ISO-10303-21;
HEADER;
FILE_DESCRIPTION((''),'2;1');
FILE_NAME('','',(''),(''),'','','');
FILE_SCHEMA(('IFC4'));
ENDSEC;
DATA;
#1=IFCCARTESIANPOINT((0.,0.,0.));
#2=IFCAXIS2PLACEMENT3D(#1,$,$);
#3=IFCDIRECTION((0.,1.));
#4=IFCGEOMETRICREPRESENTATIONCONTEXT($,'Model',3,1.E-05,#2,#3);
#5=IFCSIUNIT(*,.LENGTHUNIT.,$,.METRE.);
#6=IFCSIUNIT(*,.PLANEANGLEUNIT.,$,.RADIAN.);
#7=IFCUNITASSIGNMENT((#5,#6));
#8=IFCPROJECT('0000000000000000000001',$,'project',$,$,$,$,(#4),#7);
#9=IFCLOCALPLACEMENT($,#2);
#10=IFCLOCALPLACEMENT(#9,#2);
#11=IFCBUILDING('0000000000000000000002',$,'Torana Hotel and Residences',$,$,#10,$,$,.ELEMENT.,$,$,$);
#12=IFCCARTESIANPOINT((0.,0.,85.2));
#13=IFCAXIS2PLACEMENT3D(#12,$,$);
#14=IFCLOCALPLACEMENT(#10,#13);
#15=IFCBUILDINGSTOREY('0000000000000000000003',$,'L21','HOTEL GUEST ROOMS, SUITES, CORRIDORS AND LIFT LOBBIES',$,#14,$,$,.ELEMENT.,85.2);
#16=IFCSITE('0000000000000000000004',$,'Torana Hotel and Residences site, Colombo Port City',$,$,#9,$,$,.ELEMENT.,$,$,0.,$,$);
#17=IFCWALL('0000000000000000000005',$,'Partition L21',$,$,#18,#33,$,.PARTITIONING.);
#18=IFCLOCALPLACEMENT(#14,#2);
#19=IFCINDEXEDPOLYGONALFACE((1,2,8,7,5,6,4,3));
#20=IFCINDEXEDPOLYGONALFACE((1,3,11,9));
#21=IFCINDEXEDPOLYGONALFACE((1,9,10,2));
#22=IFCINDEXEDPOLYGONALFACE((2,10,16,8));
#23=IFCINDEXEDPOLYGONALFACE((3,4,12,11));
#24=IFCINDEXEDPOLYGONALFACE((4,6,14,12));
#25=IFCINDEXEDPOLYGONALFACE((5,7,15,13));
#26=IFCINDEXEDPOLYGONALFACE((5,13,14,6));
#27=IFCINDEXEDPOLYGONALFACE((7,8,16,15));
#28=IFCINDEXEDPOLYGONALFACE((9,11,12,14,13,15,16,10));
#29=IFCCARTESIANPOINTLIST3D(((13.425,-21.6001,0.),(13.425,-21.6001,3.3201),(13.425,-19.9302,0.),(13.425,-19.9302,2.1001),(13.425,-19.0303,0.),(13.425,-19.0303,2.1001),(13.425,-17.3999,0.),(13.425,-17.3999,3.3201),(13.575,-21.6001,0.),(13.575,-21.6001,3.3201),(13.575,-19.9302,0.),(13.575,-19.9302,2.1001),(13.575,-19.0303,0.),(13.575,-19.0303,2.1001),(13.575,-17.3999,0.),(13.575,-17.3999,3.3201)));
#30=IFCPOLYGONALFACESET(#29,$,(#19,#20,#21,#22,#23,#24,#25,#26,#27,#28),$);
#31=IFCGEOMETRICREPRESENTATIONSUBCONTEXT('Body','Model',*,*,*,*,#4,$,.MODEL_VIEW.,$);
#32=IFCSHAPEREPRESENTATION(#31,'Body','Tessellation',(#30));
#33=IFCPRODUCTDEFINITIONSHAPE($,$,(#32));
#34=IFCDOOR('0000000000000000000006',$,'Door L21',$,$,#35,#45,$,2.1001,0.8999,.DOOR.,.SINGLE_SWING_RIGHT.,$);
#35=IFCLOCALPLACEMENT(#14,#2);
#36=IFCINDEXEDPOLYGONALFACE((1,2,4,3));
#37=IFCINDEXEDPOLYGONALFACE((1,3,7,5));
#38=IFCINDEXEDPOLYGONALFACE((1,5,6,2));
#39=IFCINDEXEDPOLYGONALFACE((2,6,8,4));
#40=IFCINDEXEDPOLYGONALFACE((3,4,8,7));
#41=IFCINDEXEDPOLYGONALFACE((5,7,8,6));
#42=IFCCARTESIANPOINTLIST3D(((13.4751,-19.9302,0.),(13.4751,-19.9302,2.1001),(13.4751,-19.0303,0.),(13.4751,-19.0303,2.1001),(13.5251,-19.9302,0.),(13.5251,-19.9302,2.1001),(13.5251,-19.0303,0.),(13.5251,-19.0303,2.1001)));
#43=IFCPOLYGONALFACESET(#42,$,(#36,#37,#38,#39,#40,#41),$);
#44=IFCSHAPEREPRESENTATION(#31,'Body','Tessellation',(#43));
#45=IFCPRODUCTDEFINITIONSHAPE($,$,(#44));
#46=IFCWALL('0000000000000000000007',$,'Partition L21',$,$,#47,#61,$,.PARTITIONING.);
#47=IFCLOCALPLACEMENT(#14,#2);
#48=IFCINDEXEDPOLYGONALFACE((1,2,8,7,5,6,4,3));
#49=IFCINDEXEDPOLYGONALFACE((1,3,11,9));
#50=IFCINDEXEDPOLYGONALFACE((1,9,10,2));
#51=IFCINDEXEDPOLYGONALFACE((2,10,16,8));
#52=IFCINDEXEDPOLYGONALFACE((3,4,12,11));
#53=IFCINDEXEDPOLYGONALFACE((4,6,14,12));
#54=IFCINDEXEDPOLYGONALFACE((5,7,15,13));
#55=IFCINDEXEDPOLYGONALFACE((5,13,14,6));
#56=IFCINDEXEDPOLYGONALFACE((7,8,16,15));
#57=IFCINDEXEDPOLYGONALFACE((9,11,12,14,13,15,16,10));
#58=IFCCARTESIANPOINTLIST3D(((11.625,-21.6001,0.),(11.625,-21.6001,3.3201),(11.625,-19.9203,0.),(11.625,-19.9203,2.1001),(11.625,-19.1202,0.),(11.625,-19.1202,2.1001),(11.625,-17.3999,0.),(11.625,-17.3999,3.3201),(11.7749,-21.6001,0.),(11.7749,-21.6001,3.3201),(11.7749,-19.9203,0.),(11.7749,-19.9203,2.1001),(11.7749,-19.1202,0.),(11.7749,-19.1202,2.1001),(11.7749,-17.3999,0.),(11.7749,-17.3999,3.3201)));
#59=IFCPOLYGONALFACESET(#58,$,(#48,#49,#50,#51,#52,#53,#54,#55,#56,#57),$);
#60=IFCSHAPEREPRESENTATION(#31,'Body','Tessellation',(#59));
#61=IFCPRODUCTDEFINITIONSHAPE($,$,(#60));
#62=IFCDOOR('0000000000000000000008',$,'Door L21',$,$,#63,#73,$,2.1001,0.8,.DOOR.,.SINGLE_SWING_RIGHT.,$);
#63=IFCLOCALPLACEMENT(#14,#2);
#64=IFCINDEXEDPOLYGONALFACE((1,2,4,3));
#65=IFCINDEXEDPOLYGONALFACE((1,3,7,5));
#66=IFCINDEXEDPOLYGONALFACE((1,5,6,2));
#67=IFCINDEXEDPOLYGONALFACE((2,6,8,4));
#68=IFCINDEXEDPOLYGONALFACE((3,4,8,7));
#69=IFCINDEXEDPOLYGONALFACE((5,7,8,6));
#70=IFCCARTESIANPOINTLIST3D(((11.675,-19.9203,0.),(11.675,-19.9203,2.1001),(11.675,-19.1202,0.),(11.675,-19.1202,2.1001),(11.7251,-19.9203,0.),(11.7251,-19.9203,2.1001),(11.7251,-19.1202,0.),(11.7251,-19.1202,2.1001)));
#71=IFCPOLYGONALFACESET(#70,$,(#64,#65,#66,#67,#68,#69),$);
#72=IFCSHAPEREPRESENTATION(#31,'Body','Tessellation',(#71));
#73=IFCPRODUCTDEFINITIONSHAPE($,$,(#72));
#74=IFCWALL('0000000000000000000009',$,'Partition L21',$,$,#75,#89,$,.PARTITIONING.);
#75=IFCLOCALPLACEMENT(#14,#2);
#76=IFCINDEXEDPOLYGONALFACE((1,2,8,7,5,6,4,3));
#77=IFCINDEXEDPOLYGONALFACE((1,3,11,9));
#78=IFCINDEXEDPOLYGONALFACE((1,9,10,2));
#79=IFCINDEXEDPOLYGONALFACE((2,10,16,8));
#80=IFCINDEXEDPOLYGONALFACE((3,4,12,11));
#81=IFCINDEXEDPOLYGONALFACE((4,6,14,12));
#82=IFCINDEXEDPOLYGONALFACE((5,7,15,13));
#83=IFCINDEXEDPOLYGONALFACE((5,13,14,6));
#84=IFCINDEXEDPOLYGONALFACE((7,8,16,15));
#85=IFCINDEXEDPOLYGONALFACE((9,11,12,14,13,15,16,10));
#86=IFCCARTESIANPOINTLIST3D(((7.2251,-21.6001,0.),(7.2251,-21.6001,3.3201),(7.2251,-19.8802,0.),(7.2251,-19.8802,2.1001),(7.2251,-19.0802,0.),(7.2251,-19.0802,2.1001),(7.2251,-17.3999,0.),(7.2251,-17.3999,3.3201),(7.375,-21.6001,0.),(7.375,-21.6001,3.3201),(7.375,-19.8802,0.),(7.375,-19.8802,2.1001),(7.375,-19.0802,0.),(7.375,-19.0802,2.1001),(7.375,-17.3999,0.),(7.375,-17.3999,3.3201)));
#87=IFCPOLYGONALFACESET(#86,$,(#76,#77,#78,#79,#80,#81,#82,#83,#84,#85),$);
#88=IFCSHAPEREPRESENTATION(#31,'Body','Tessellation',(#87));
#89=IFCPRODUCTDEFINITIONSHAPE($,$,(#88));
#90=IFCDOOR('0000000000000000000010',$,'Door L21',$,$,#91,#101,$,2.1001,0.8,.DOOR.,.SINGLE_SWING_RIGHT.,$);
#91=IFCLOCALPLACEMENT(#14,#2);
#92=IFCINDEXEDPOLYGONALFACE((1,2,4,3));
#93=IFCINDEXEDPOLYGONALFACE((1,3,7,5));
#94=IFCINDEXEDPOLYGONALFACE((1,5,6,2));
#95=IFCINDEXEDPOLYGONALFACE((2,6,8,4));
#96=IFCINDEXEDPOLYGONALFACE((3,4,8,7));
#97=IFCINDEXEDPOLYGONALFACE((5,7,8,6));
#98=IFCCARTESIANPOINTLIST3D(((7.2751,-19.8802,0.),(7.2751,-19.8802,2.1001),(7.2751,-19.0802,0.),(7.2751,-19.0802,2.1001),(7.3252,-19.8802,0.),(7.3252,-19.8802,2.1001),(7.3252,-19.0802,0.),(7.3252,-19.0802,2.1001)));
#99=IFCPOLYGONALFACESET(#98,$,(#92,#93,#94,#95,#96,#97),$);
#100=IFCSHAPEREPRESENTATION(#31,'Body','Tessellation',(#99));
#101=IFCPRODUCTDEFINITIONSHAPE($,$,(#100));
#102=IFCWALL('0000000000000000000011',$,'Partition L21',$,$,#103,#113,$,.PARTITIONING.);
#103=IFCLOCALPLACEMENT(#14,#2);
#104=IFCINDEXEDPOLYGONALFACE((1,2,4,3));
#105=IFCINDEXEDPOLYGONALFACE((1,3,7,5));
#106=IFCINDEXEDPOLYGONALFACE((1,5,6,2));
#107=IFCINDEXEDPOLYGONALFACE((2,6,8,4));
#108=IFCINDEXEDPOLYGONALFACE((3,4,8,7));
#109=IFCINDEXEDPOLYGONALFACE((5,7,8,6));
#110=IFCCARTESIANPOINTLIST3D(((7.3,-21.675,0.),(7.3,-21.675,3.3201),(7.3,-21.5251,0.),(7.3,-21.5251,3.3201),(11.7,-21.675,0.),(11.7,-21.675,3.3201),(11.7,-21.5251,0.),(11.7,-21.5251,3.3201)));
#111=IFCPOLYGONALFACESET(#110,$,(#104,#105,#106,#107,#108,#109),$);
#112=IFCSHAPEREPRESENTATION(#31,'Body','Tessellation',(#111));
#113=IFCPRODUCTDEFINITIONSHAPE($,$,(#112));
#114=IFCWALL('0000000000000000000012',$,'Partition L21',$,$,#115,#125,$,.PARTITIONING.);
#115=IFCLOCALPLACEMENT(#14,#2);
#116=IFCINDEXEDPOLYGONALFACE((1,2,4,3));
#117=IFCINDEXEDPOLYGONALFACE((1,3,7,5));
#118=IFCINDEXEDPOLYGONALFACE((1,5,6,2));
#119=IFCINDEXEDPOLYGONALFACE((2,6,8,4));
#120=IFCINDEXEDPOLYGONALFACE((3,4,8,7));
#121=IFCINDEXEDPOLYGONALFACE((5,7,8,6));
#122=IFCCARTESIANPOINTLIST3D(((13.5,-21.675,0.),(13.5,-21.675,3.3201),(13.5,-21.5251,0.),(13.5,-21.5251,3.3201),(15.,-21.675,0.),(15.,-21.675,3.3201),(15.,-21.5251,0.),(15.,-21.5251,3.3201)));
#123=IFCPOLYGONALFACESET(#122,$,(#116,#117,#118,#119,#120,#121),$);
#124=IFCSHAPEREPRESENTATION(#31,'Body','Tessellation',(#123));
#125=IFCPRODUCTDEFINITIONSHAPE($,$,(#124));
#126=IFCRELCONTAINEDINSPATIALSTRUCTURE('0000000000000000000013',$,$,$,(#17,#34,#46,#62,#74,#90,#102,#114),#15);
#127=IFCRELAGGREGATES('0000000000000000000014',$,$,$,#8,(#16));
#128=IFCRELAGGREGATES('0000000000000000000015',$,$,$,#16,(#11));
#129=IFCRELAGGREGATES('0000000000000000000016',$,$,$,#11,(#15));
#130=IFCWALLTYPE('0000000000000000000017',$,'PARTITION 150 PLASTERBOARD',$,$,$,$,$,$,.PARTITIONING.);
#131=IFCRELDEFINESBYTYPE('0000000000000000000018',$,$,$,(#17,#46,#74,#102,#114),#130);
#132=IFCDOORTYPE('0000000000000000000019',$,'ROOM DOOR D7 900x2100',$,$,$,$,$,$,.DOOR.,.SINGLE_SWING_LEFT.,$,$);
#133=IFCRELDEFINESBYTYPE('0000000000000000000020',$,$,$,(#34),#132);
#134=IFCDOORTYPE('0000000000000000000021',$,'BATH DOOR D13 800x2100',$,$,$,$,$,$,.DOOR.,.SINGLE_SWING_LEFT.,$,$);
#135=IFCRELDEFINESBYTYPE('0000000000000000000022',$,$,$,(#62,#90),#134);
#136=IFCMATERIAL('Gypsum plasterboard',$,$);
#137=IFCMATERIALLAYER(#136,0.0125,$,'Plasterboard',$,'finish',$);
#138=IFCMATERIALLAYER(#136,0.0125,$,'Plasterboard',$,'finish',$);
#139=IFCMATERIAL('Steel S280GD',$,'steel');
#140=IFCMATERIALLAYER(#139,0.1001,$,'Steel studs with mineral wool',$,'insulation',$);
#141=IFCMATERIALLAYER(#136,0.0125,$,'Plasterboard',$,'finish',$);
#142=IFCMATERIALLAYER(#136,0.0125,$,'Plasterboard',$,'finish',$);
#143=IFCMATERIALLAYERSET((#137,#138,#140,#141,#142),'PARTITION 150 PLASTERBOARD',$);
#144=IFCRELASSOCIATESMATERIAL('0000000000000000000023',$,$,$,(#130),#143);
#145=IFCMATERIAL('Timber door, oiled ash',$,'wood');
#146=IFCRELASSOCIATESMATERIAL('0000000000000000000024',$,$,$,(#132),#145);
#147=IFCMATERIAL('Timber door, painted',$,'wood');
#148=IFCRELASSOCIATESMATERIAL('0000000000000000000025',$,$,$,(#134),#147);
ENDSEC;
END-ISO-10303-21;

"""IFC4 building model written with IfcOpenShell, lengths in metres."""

from ifc_helpers import new_model, si_unit, direction, frame, frame_2d, origin, place, context, subcontext, project, spatial, rectangle, extrude, material, layer, layer_set, type_object, element, fill, save


model = new_model("IFC4")

# Units and contexts
model_context = context("Model", 3, precision=1e-05, world=origin(), true_north=direction((0.0, 1.0)))
body_context = subcontext(model_context, "Body", "Model", "MODEL_VIEW")
ifc_project = project(units=[si_unit("LENGTHUNIT", "METRE"), si_unit("PLANEANGLEUNIT", "RADIAN")], contexts=[model_context])

# Site, building, storey
site_placement = place(None, origin())
site = spatial("IfcSite", under=ifc_project, at=site_placement, Name="Torana Hotel and Residences site, Colombo Port City", CompositionType="ELEMENT", RefElevation=0.0)
building_placement = place(site_placement, origin())
building = spatial("IfcBuilding", under=site, at=building_placement, Name="Torana Hotel and Residences", CompositionType="ELEMENT")
storey_placement = place(building_placement, frame((0.0, 0.0, 85.2)))
storey = spatial("IfcBuildingStorey", under=building, at=storey_placement, Name="L21", Description="HOTEL GUEST ROOMS, SUITES, CORRIDORS AND LIFT LOBBIES", CompositionType="ELEMENT", Elevation=85.2)

# Walls, openings, doors
ifc_material_1 = material(Name="Gypsum plasterboard")
ifc_layer_1 = layer(ifc_material_1, 0.0125, Name="Plasterboard", Category="finish")
ifc_layer_2 = layer(ifc_material_1, 0.0125, Name="Plasterboard", Category="finish")
ifc_material_2 = material(Name="Steel S280GD", Category="steel")
ifc_layer_3 = layer(ifc_material_2, 0.1001, Name="Steel studs with mineral wool", Category="insulation")
ifc_layer_4 = layer(ifc_material_1, 0.0125, Name="Plasterboard", Category="finish")
ifc_layer_5 = layer(ifc_material_1, 0.0125, Name="Plasterboard", Category="finish")
ifc_layer_set_1 = layer_set([ifc_layer_1, ifc_layer_2, ifc_layer_3, ifc_layer_4, ifc_layer_5], Name="PARTITION 150 PLASTERBOARD")
wall_type_1 = type_object("IfcWallType", Name="PARTITION 150 PLASTERBOARD", PredefinedType="PARTITIONING", material=ifc_layer_set_1)
wall_1_placement = place(storey_placement, frame((13.5, -21.6001, 0.0), z_axis=(0.0, 0.0, 1.0), x_axis=(0.0, 1.0, 0.0)))
wall_1 = element("IfcWall", 1, at=wall_1_placement, inside=storey, type_object=wall_type_1, Name="Partition L21", PredefinedType="PARTITIONING", context=body_context, shape_type="SweptSolid", body=[
    extrude(rectangle(XDim=4.2002, YDim=0.1499, at=frame_2d((2.1001, 0.0))), origin(), (0.0, 0.0, 1.0), 3.3201),
])
opening_1_placement = place(wall_1_placement, frame((1.6699, 0.0, 0.0)))
opening_1 = element("IfcOpeningElement", 2, at=opening_1_placement, cuts=wall_1, PredefinedType="OPENING", context=body_context, shape_type="SweptSolid", body=[
    extrude(rectangle(XDim=0.8999, YDim=2.1001, at=frame_2d((0.45, 1.05))), frame((0.0, 0.085, 0.0), z_axis=(0.0, -1.0, 0.0), x_axis=(1.0, 0.0, 0.0)), (0.0, 0.0, 1.0), 0.1699),
])
ifc_material_3 = material(Name="Timber door, oiled ash", Category="wood")
door_type_1 = type_object("IfcDoorType", Name="ROOM DOOR D7 900x2100", OperationType="SINGLE_SWING_LEFT", PredefinedType="DOOR", material=ifc_material_3)
door_1_placement = place(opening_1_placement, origin())
door_1 = element("IfcDoor", 3, at=door_1_placement, inside=storey, type_object=door_type_1, Name="Door L21", OperationType="SINGLE_SWING_RIGHT", OverallHeight=2.1001, OverallWidth=0.8999, PredefinedType="DOOR", context=body_context, shape_type="SweptSolid", body=[
    extrude(rectangle(XDim=0.8999, YDim=2.1001, at=frame_2d((0.45, 1.05))), frame((0.0, 0.0249, 0.0), z_axis=(0.0, -1.0, 0.0), x_axis=(1.0, 0.0, 0.0)), (0.0, 0.0, 1.0), 0.05),
])
fill(opening_1, door_1)
wall_2_placement = place(storey_placement, frame((11.7, -21.6001, 0.0), z_axis=(0.0, 0.0, 1.0), x_axis=(0.0, 1.0, 0.0)))
wall_2 = element("IfcWall", 4, at=wall_2_placement, inside=storey, type_object=wall_type_1, Name="Partition L21", PredefinedType="PARTITIONING", context=body_context, shape_type="SweptSolid", body=[
    extrude(rectangle(XDim=4.2002, YDim=0.1499, at=frame_2d((2.1001, 0.0))), origin(), (0.0, 0.0, 1.0), 3.3201),
])
opening_2_placement = place(wall_2_placement, frame((1.6799, 0.0, 0.0)))
opening_2 = element("IfcOpeningElement", 5, at=opening_2_placement, cuts=wall_2, PredefinedType="OPENING", context=body_context, shape_type="SweptSolid", body=[
    extrude(rectangle(XDim=0.8, YDim=2.1001, at=frame_2d((0.3999, 1.05))), frame((0.0, 0.085, 0.0), z_axis=(0.0, -1.0, 0.0), x_axis=(1.0, 0.0, 0.0)), (0.0, 0.0, 1.0), 0.1699),
])
ifc_material_4 = material(Name="Timber door, painted", Category="wood")
door_type_2 = type_object("IfcDoorType", Name="BATH DOOR D13 800x2100", OperationType="SINGLE_SWING_LEFT", PredefinedType="DOOR", material=ifc_material_4)
door_2_placement = place(opening_2_placement, origin())
door_2 = element("IfcDoor", 6, at=door_2_placement, inside=storey, type_object=door_type_2, Name="Door L21", OperationType="SINGLE_SWING_RIGHT", OverallHeight=2.1001, OverallWidth=0.8, PredefinedType="DOOR", context=body_context, shape_type="SweptSolid", body=[
    extrude(rectangle(XDim=0.8, YDim=2.1001, at=frame_2d((0.3999, 1.05))), frame((0.0, 0.0249, 0.0), z_axis=(0.0, -1.0, 0.0), x_axis=(1.0, 0.0, 0.0)), (0.0, 0.0, 1.0), 0.05),
])
fill(opening_2, door_2)
wall_3_placement = place(storey_placement, frame((7.3, -21.6001, 0.0), z_axis=(0.0, 0.0, 1.0), x_axis=(0.0, 1.0, 0.0)))
wall_3 = element("IfcWall", 7, at=wall_3_placement, inside=storey, type_object=wall_type_1, Name="Partition L21", PredefinedType="PARTITIONING", context=body_context, shape_type="SweptSolid", body=[
    extrude(rectangle(XDim=4.2002, YDim=0.1499, at=frame_2d((2.1001, 0.0))), origin(), (0.0, 0.0, 1.0), 3.3201),
])
opening_3_placement = place(wall_3_placement, frame((1.72, 0.0, 0.0)))
opening_3 = element("IfcOpeningElement", 8, at=opening_3_placement, cuts=wall_3, PredefinedType="OPENING", context=body_context, shape_type="SweptSolid", body=[
    extrude(rectangle(XDim=0.8, YDim=2.1001, at=frame_2d((0.3999, 1.05))), frame((0.0, 0.085, 0.0), z_axis=(0.0, -1.0, 0.0), x_axis=(1.0, 0.0, 0.0)), (0.0, 0.0, 1.0), 0.1699),
])
door_3_placement = place(opening_3_placement, origin())
door_3 = element("IfcDoor", 9, at=door_3_placement, inside=storey, type_object=door_type_2, Name="Door L21", OperationType="SINGLE_SWING_RIGHT", OverallHeight=2.1001, OverallWidth=0.8, PredefinedType="DOOR", context=body_context, shape_type="SweptSolid", body=[
    extrude(rectangle(XDim=0.8, YDim=2.1001, at=frame_2d((0.3999, 1.05))), frame((0.0, 0.0249, 0.0), z_axis=(0.0, -1.0, 0.0), x_axis=(1.0, 0.0, 0.0)), (0.0, 0.0, 1.0), 0.05),
])
fill(opening_3, door_3)

# Walls
wall_4_placement = place(storey_placement, frame((7.3, -21.6001, 0.0), z_axis=(0.0, 0.0, 1.0), x_axis=(1.0, 0.0, 0.0)))
element("IfcWall", 10, at=wall_4_placement, inside=storey, type_object=wall_type_1, Name="Partition L21", PredefinedType="PARTITIONING", context=body_context, shape_type="SweptSolid", body=[
    extrude(rectangle(XDim=4.3999, YDim=0.1499, at=frame_2d((2.2, 0.0))), origin(), (0.0, 0.0, 1.0), 3.3201),
])
wall_5_placement = place(storey_placement, frame((13.5, -21.6001, 0.0), z_axis=(0.0, 0.0, 1.0), x_axis=(1.0, 0.0, 0.0)))
element("IfcWall", 11, at=wall_5_placement, inside=storey, type_object=wall_type_1, Name="Partition L21", PredefinedType="PARTITIONING", context=body_context, shape_type="SweptSolid", body=[
    extrude(rectangle(XDim=1.5, YDim=0.1499, at=frame_2d((0.75, 0.0))), origin(), (0.0, 0.0, 1.0), 3.3201),
])

save(model, "model.ifc")
